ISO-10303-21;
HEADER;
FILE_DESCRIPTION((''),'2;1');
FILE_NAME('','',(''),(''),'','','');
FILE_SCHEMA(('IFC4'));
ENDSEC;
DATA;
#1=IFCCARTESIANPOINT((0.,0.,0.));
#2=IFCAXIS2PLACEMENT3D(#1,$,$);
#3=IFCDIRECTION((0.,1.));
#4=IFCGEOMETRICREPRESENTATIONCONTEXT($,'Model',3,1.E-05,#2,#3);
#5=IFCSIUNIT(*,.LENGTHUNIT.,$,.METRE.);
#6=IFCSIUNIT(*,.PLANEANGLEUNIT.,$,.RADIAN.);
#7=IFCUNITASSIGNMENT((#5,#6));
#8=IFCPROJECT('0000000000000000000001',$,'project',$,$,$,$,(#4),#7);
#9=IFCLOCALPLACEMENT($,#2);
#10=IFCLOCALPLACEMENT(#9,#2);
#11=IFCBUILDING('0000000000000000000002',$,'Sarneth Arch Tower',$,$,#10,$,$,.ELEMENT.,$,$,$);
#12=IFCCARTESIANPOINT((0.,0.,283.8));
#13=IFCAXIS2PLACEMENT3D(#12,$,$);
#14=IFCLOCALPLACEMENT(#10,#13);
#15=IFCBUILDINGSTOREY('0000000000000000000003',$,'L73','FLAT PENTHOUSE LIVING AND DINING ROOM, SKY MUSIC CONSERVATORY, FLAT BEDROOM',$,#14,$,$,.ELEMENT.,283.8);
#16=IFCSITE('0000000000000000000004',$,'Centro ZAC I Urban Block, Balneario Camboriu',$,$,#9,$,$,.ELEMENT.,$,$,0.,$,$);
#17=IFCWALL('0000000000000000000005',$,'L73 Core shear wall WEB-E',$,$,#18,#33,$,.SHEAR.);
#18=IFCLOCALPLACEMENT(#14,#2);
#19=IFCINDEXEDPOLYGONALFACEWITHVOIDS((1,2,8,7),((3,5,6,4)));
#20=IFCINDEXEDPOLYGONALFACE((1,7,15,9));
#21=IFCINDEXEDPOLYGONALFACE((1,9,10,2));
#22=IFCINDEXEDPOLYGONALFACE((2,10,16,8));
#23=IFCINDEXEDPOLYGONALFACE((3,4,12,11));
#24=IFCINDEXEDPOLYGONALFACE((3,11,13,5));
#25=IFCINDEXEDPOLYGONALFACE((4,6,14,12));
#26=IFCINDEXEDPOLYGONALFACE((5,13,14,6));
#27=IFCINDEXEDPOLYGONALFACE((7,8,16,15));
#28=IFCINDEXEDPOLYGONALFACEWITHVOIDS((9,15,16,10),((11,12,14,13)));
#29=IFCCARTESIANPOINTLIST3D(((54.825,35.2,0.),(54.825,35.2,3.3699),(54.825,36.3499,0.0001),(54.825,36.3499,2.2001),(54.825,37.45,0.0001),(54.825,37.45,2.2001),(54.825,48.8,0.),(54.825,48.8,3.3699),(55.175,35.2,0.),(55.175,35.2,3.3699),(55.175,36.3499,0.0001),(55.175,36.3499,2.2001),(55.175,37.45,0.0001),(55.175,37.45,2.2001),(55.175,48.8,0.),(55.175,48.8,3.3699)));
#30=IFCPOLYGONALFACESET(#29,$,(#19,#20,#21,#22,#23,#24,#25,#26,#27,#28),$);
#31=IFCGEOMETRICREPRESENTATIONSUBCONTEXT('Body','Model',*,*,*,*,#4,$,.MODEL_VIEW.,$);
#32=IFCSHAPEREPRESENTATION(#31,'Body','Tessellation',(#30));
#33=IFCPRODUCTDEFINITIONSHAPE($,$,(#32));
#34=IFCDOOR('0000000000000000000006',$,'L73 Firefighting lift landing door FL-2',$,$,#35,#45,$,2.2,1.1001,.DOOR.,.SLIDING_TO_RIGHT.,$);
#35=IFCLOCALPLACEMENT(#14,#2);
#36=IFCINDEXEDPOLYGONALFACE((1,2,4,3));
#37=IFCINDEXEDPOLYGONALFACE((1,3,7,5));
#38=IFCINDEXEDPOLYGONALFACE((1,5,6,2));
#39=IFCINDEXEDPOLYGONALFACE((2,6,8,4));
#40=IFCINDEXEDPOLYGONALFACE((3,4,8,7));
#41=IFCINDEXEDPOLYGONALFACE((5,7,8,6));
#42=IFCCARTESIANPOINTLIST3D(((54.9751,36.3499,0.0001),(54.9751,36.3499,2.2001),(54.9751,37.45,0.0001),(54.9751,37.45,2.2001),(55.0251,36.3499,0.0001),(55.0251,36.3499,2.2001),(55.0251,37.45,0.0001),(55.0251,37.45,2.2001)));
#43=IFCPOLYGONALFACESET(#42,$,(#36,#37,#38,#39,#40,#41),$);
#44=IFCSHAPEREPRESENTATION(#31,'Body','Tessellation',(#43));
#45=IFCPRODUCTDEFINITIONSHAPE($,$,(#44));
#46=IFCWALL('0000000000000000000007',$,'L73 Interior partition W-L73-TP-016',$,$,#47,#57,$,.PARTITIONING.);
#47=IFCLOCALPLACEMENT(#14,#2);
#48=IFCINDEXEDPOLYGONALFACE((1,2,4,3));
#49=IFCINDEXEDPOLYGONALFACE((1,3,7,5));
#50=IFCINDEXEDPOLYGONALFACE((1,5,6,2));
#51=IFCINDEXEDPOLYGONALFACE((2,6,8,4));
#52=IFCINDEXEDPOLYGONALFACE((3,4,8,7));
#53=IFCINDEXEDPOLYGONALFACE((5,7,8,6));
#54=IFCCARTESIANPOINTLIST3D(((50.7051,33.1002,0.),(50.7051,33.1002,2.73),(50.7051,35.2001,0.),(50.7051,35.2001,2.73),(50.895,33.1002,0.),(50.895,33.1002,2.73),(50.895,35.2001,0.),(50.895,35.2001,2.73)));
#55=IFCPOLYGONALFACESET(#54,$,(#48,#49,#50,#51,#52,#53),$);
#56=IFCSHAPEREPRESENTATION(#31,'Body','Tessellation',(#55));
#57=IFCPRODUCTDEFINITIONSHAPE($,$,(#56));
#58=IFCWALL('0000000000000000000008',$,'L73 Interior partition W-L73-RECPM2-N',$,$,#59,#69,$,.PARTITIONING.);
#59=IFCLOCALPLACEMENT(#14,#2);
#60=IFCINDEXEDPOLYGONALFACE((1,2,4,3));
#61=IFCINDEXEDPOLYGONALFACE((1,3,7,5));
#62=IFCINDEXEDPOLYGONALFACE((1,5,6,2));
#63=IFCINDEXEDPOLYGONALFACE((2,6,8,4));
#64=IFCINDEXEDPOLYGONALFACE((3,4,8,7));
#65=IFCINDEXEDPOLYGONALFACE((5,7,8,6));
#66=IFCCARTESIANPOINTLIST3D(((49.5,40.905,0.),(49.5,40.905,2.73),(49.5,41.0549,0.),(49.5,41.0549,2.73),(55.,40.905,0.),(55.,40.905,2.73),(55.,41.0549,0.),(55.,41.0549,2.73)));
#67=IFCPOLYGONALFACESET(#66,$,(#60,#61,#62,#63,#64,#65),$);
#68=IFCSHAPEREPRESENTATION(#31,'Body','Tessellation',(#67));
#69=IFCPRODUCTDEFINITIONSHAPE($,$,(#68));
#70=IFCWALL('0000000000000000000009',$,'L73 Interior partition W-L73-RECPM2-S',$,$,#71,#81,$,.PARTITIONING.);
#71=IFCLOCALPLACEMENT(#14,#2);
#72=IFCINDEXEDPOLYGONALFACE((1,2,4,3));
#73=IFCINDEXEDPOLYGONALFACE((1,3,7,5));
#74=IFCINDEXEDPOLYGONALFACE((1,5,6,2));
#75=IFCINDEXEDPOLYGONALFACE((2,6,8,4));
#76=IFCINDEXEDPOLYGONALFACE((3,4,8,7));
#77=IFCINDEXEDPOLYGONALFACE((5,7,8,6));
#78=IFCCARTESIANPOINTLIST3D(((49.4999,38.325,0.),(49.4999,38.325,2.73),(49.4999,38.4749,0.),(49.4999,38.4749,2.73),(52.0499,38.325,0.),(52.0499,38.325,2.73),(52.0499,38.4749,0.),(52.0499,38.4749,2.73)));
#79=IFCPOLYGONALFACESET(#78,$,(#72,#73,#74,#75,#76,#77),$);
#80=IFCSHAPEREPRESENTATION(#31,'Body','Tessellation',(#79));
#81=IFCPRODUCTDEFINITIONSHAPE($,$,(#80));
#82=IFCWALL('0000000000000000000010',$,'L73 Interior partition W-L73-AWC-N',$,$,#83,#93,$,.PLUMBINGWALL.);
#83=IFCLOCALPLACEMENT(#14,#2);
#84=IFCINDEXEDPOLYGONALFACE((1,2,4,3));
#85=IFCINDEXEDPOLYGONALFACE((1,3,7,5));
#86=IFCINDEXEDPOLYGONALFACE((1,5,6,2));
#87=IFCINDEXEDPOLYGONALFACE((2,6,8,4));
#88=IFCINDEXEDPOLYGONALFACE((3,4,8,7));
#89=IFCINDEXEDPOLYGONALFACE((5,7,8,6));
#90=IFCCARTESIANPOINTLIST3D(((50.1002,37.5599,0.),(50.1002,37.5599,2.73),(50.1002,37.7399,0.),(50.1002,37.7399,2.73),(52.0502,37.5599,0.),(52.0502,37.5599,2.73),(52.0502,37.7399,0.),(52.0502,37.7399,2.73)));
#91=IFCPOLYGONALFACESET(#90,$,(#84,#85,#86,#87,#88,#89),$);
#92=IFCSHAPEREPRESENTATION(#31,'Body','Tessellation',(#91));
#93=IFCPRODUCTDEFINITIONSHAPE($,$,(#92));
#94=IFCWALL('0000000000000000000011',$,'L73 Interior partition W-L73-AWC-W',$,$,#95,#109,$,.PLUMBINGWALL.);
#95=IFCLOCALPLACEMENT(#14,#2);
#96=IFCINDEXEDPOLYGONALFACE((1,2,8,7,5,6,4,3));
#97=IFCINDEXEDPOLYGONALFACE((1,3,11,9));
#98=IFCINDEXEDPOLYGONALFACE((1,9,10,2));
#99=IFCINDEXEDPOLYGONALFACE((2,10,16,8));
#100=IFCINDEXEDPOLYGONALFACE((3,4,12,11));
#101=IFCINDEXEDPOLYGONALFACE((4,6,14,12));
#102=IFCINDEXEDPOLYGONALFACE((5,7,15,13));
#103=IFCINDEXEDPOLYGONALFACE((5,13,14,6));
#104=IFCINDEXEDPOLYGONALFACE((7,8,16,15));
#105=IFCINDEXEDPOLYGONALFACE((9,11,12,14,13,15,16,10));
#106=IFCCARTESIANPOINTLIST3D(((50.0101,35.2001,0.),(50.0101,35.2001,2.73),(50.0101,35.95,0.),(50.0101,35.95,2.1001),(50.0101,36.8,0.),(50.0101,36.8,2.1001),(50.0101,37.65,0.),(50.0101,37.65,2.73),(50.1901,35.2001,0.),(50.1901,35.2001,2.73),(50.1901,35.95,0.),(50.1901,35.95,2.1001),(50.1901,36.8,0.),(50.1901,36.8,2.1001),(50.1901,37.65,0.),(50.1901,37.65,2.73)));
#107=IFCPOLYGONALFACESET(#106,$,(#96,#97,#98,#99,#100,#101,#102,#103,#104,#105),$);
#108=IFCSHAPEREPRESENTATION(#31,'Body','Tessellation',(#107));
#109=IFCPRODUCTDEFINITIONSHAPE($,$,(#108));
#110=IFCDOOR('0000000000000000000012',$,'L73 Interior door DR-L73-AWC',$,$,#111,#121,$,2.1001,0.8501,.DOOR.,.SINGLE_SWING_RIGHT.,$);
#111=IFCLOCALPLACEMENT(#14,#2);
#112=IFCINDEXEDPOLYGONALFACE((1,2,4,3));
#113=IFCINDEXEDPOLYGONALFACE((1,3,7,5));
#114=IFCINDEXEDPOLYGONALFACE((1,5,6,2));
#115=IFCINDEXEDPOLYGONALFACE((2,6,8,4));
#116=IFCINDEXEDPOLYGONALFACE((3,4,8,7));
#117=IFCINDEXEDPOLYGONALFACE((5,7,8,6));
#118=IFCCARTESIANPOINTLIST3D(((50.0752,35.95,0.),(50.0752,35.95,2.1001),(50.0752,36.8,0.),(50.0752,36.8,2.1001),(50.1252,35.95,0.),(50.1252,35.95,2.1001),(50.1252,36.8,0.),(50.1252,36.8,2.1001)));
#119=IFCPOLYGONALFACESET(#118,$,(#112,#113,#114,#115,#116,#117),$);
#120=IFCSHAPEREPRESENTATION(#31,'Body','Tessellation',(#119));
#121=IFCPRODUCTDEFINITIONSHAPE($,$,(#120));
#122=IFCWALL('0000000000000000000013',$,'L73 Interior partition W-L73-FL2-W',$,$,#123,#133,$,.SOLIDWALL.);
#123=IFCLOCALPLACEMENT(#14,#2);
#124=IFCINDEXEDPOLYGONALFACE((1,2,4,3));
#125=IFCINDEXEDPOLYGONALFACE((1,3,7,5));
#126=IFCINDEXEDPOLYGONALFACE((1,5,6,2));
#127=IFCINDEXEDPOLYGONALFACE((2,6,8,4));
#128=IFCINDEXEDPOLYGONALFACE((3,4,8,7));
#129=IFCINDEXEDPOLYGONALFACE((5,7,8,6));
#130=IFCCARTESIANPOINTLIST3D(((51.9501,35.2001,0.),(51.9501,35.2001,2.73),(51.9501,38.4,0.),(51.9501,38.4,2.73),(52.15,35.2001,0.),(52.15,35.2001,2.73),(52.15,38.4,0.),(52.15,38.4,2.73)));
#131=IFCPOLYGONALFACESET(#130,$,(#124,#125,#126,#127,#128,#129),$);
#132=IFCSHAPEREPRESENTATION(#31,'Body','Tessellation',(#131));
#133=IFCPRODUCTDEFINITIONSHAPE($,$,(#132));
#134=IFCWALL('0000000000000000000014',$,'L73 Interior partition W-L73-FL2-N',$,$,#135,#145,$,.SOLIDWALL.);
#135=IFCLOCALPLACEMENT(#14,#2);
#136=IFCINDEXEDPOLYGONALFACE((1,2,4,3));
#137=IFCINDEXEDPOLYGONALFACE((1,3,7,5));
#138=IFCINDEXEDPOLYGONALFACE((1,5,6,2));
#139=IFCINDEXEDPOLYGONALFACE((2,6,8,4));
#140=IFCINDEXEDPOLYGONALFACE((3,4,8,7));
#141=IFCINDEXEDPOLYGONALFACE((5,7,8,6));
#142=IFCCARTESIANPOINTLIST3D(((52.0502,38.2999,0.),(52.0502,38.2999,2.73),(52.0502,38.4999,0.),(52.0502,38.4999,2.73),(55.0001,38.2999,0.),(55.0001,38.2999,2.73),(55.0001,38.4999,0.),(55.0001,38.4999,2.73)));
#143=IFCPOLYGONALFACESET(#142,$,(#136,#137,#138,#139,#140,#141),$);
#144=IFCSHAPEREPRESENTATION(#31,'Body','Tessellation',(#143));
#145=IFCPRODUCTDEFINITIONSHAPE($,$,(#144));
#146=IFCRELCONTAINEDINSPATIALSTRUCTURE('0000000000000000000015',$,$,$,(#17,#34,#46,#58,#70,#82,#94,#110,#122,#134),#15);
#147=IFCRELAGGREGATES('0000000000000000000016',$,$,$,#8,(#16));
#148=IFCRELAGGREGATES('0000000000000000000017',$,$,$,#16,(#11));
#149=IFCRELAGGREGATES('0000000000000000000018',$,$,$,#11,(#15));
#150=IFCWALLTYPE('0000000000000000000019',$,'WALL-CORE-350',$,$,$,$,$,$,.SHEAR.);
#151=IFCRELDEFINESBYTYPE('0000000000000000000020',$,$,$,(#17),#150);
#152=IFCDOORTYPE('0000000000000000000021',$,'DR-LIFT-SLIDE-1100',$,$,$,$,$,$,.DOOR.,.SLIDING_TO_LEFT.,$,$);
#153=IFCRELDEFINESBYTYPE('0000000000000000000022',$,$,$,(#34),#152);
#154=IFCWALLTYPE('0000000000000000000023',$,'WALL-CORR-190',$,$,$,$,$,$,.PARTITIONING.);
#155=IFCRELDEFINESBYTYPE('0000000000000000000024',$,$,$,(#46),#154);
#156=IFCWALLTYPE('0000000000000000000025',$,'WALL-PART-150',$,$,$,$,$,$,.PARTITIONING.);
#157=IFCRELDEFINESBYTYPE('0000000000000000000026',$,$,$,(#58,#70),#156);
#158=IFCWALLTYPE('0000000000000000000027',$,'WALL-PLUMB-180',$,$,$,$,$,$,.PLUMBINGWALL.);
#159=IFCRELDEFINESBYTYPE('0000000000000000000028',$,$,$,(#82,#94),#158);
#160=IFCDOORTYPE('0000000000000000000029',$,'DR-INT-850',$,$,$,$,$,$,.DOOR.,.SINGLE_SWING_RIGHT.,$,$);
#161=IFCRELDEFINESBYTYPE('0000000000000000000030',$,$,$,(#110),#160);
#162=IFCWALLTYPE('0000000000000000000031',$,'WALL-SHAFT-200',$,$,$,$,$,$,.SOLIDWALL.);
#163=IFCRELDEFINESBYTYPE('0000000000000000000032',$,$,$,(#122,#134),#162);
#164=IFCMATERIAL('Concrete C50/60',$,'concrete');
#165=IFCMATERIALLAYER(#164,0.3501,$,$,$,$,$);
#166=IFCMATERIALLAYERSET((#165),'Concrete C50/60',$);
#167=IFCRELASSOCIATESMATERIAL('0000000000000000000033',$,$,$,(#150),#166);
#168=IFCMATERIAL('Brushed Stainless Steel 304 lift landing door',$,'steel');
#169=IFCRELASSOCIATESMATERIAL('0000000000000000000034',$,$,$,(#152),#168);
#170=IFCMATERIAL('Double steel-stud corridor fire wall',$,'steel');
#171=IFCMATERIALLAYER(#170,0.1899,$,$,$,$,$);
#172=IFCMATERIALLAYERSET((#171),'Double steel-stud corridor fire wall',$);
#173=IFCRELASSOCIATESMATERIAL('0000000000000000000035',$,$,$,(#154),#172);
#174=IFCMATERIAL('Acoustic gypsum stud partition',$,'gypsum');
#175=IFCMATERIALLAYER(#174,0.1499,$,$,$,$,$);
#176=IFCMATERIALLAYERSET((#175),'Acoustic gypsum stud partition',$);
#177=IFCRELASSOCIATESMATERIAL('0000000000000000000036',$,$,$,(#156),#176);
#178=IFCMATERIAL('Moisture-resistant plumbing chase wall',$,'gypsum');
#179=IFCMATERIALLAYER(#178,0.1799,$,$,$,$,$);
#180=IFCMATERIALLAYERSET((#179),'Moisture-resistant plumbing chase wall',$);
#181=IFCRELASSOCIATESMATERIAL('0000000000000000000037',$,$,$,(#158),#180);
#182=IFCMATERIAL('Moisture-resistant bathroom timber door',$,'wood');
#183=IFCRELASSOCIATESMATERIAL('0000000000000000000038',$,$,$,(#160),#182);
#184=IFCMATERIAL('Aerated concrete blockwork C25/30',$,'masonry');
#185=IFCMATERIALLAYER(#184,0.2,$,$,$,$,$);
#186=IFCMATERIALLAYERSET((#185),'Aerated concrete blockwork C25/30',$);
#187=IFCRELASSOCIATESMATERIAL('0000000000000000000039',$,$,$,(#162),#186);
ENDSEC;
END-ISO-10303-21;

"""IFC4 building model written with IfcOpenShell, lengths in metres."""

from ifc_helpers import new_model, si_unit, direction, frame, frame_2d, origin, place, context, subcontext, project, spatial, rectangle, extrude, material, layer, layer_set, type_object, element, fill, save


model = new_model("IFC4")

# Units and contexts
model_context = context("Model", 3, precision=1e-05, world=origin(), true_north=direction((0.0, 1.0)))
body_context = subcontext(model_context, "Body", "Model", "MODEL_VIEW")
ifc_project = project(units=[si_unit("LENGTHUNIT", "METRE"), si_unit("PLANEANGLEUNIT", "RADIAN")], contexts=[model_context])

# Site, building, storey
site_placement = place(None, origin())
site = spatial("IfcSite", under=ifc_project, at=site_placement, Name="Centro ZAC I Urban Block, Balneario Camboriu", CompositionType="ELEMENT", RefElevation=0.0)
building_placement = place(site_placement, origin())
building = spatial("IfcBuilding", under=site, at=building_placement, Name="Sarneth Arch Tower", CompositionType="ELEMENT")
storey_placement = place(building_placement, frame((0.0, 0.0, 283.8)))
storey = spatial("IfcBuildingStorey", under=building, at=storey_placement, Name="L73", Description="FLAT PENTHOUSE LIVING AND DINING ROOM, SKY MUSIC CONSERVATORY, FLAT BEDROOM", CompositionType="ELEMENT", Elevation=283.8)

# Shared definitions
ifc_material_1 = material(Name="Concrete C50/60", Category="concrete")
ifc_layer_1 = layer(ifc_material_1, 0.3501)
ifc_layer_set_1 = layer_set([ifc_layer_1], Name="Concrete C50/60")
wall_type_1 = type_object("IfcWallType", Name="WALL-CORE-350", PredefinedType="SHEAR", material=ifc_layer_set_1)

# Wall, opening, door
wall_1_placement = place(storey_placement, frame((55.0, 35.2, 0.0), z_axis=(0.0, 0.0, 1.0), x_axis=(0.0, 1.0, 0.0)))
wall_1 = element("IfcWall", 1, at=wall_1_placement, inside=storey, type_object=wall_type_1, Name="L73 Core shear wall WEB-E", PredefinedType="SHEAR", context=body_context, shape_type="SweptSolid", body=[
    extrude(rectangle(XDim=13.6001, YDim=0.3501, at=frame_2d((6.8, 0.0))), origin(), (0.0, 0.0, 1.0), 3.3699),
])
opening_1_placement = place(wall_1_placement, frame((1.1499, 0.0, 0.0)))
opening_1 = element("IfcOpeningElement", 2, at=opening_1_placement, cuts=wall_1, PredefinedType="OPENING", context=body_context, shape_type="SweptSolid", body=[
    extrude(rectangle(XDim=1.1001, YDim=2.2, at=frame_2d((0.55, 1.1001))), frame((0.0, 0.1851, 0.0), z_axis=(0.0, -1.0, 0.0), x_axis=(1.0, 0.0, 0.0)), (0.0, 0.0, 1.0), 0.3701),
])
ifc_material_2 = material(Name="Brushed Stainless Steel 304 lift landing door", Category="steel")
door_type_1 = type_object("IfcDoorType", Name="DR-LIFT-SLIDE-1100", OperationType="SLIDING_TO_LEFT", PredefinedType="DOOR", material=ifc_material_2)
door_1_placement = place(opening_1_placement, origin())
door_1 = element("IfcDoor", 3, at=door_1_placement, inside=storey, type_object=door_type_1, Name="L73 Firefighting lift landing door FL-2", OperationType="SLIDING_TO_RIGHT", OverallHeight=2.2, OverallWidth=1.1001, PredefinedType="DOOR", context=body_context, shape_type="SweptSolid", body=[
    extrude(rectangle(XDim=1.1001, YDim=2.2, at=frame_2d((0.55, 1.1001))), frame((0.0, 0.0249, 0.0), z_axis=(0.0, -1.0, 0.0), x_axis=(1.0, 0.0, 0.0)), (0.0, 0.0, 1.0), 0.05),
])
fill(opening_1, door_1)

# Walls
ifc_material_3 = material(Name="Double steel-stud corridor fire wall", Category="steel")
ifc_layer_2 = layer(ifc_material_3, 0.1899)
ifc_layer_set_2 = layer_set([ifc_layer_2], Name="Double steel-stud corridor fire wall")
wall_type_2 = type_object("IfcWallType", Name="WALL-CORR-190", PredefinedType="PARTITIONING", material=ifc_layer_set_2)
wall_2_placement = place(storey_placement, frame((50.8, 35.2, 0.0), z_axis=(0.0, 0.0, 1.0), x_axis=(0.0, -1.0, 0.0)))
element("IfcWall", 4, at=wall_2_placement, inside=storey, type_object=wall_type_2, Name="L73 Interior partition W-L73-TP-016", PredefinedType="PARTITIONING", context=body_context, shape_type="SweptSolid", body=[
    extrude(rectangle(XDim=2.0999, YDim=0.1899, at=frame_2d((1.0498, 0.0))), origin(), (0.0, 0.0, 1.0), 2.73),
])
ifc_material_4 = material(Name="Acoustic gypsum stud partition", Category="gypsum")
ifc_layer_3 = layer(ifc_material_4, 0.1499)
ifc_layer_set_3 = layer_set([ifc_layer_3], Name="Acoustic gypsum stud partition")
wall_type_3 = type_object("IfcWallType", Name="WALL-PART-150", PredefinedType="PARTITIONING", material=ifc_layer_set_3)
wall_3_placement = place(storey_placement, frame((49.5, 40.98, 0.0), z_axis=(0.0, 0.0, 1.0), x_axis=(1.0, 0.0, 0.0)))
element("IfcWall", 5, at=wall_3_placement, inside=storey, type_object=wall_type_3, Name="L73 Interior partition W-L73-RECPM2-N", PredefinedType="PARTITIONING", context=body_context, shape_type="SweptSolid", body=[
    extrude(rectangle(XDim=5.5, YDim=0.1499, at=frame_2d((2.75, 0.0))), origin(), (0.0, 0.0, 1.0), 2.73),
])
wall_4_placement = place(storey_placement, frame((49.5, 38.3999, 0.0), z_axis=(0.0, 0.0, 1.0), x_axis=(1.0, 0.0, 0.0)))
element("IfcWall", 6, at=wall_4_placement, inside=storey, type_object=wall_type_3, Name="L73 Interior partition W-L73-RECPM2-S", PredefinedType="PARTITIONING", context=body_context, shape_type="SweptSolid", body=[
    extrude(rectangle(XDim=2.55, YDim=0.1499, at=frame_2d((1.2749, 0.0))), origin(), (0.0, 0.0, 1.0), 2.73),
])

# Wall
ifc_material_5 = material(Name="Moisture-resistant plumbing chase wall", Category="gypsum")
ifc_layer_4 = layer(ifc_material_5, 0.1799)
ifc_layer_set_4 = layer_set([ifc_layer_4], Name="Moisture-resistant plumbing chase wall")
wall_type_4 = type_object("IfcWallType", Name="WALL-PLUMB-180", PredefinedType="PLUMBINGWALL", material=ifc_layer_set_4)
wall_5_placement = place(storey_placement, frame((50.1001, 37.6499, 0.0), z_axis=(0.0, 0.0, 1.0), x_axis=(1.0, 0.0, 0.0)))
element("IfcWall", 7, at=wall_5_placement, inside=storey, type_object=wall_type_4, Name="L73 Interior partition W-L73-AWC-N", PredefinedType="PLUMBINGWALL", context=body_context, shape_type="SweptSolid", body=[
    extrude(rectangle(XDim=1.95, YDim=0.1799, at=frame_2d((0.9751, 0.0))), origin(), (0.0, 0.0, 1.0), 2.73),
])

# Wall, opening, door
wall_6_placement = place(storey_placement, frame((50.1001, 35.2, 0.0), z_axis=(0.0, 0.0, 1.0), x_axis=(0.0, 1.0, 0.0)))
wall_6 = element("IfcWall", 8, at=wall_6_placement, inside=storey, type_object=wall_type_4, Name="L73 Interior partition W-L73-AWC-W", PredefinedType="PLUMBINGWALL", context=body_context, shape_type="SweptSolid", body=[
    extrude(rectangle(XDim=2.45, YDim=0.1799, at=frame_2d((1.2251, 0.0))), origin(), (0.0, 0.0, 1.0), 2.73),
])
opening_2_placement = place(wall_6_placement, frame((0.75, 0.0, 0.0)))
opening_2 = element("IfcOpeningElement", 9, at=opening_2_placement, cuts=wall_6, PredefinedType="OPENING", context=body_context, shape_type="SweptSolid", body=[
    extrude(rectangle(XDim=0.8501, YDim=2.1001, at=frame_2d((0.425, 1.05))), frame((0.0, 0.0999, 0.0), z_axis=(0.0, -1.0, 0.0), x_axis=(1.0, 0.0, 0.0)), (0.0, 0.0, 1.0), 0.2),
])
ifc_material_6 = material(Name="Moisture-resistant bathroom timber door", Category="wood")
door_type_2 = type_object("IfcDoorType", Name="DR-INT-850", OperationType="SINGLE_SWING_RIGHT", PredefinedType="DOOR", material=ifc_material_6)
door_2_placement = place(opening_2_placement, origin())
door_2 = element("IfcDoor", 10, at=door_2_placement, inside=storey, type_object=door_type_2, Name="L73 Interior door DR-L73-AWC", OperationType="SINGLE_SWING_RIGHT", OverallHeight=2.1001, OverallWidth=0.8501, PredefinedType="DOOR", context=body_context, shape_type="SweptSolid", body=[
    extrude(rectangle(XDim=0.8501, YDim=2.1001, at=frame_2d((0.425, 1.05))), frame((0.0, 0.0249, 0.0), z_axis=(0.0, -1.0, 0.0), x_axis=(1.0, 0.0, 0.0)), (0.0, 0.0, 1.0), 0.05),
])
fill(opening_2, door_2)
ifc_material_7 = material(Name="Aerated concrete blockwork C25/30", Category="masonry")
ifc_layer_5 = layer(ifc_material_7, 0.2)
ifc_layer_set_5 = layer_set([ifc_layer_5], Name="Aerated concrete blockwork C25/30")
wall_type_5 = type_object("IfcWallType", Name="WALL-SHAFT-200", PredefinedType="SOLIDWALL", material=ifc_layer_set_5)

# Walls
wall_7_placement = place(storey_placement, frame((52.05, 35.2, 0.0), z_axis=(0.0, 0.0, 1.0), x_axis=(0.0, 1.0, 0.0)))
element("IfcWall", 11, at=wall_7_placement, inside=storey, type_object=wall_type_5, Name="L73 Interior partition W-L73-FL2-W", PredefinedType="SOLIDWALL", context=body_context, shape_type="SweptSolid", body=[
    extrude(rectangle(XDim=3.2, YDim=0.2, at=frame_2d((1.6001, 0.0))), origin(), (0.0, 0.0, 1.0), 2.73),
])
wall_8_placement = place(storey_placement, frame((52.05, 38.3999, 0.0), z_axis=(0.0, 0.0, 1.0), x_axis=(1.0, 0.0, 0.0)))
element("IfcWall", 12, at=wall_8_placement, inside=storey, type_object=wall_type_5, Name="L73 Interior partition W-L73-FL2-N", PredefinedType="SOLIDWALL", context=body_context, shape_type="SweptSolid", body=[
    extrude(rectangle(XDim=2.95, YDim=0.2, at=frame_2d((1.4751, 0.0))), origin(), (0.0, 0.0, 1.0), 2.73),
])

save(model, "model.ifc")
